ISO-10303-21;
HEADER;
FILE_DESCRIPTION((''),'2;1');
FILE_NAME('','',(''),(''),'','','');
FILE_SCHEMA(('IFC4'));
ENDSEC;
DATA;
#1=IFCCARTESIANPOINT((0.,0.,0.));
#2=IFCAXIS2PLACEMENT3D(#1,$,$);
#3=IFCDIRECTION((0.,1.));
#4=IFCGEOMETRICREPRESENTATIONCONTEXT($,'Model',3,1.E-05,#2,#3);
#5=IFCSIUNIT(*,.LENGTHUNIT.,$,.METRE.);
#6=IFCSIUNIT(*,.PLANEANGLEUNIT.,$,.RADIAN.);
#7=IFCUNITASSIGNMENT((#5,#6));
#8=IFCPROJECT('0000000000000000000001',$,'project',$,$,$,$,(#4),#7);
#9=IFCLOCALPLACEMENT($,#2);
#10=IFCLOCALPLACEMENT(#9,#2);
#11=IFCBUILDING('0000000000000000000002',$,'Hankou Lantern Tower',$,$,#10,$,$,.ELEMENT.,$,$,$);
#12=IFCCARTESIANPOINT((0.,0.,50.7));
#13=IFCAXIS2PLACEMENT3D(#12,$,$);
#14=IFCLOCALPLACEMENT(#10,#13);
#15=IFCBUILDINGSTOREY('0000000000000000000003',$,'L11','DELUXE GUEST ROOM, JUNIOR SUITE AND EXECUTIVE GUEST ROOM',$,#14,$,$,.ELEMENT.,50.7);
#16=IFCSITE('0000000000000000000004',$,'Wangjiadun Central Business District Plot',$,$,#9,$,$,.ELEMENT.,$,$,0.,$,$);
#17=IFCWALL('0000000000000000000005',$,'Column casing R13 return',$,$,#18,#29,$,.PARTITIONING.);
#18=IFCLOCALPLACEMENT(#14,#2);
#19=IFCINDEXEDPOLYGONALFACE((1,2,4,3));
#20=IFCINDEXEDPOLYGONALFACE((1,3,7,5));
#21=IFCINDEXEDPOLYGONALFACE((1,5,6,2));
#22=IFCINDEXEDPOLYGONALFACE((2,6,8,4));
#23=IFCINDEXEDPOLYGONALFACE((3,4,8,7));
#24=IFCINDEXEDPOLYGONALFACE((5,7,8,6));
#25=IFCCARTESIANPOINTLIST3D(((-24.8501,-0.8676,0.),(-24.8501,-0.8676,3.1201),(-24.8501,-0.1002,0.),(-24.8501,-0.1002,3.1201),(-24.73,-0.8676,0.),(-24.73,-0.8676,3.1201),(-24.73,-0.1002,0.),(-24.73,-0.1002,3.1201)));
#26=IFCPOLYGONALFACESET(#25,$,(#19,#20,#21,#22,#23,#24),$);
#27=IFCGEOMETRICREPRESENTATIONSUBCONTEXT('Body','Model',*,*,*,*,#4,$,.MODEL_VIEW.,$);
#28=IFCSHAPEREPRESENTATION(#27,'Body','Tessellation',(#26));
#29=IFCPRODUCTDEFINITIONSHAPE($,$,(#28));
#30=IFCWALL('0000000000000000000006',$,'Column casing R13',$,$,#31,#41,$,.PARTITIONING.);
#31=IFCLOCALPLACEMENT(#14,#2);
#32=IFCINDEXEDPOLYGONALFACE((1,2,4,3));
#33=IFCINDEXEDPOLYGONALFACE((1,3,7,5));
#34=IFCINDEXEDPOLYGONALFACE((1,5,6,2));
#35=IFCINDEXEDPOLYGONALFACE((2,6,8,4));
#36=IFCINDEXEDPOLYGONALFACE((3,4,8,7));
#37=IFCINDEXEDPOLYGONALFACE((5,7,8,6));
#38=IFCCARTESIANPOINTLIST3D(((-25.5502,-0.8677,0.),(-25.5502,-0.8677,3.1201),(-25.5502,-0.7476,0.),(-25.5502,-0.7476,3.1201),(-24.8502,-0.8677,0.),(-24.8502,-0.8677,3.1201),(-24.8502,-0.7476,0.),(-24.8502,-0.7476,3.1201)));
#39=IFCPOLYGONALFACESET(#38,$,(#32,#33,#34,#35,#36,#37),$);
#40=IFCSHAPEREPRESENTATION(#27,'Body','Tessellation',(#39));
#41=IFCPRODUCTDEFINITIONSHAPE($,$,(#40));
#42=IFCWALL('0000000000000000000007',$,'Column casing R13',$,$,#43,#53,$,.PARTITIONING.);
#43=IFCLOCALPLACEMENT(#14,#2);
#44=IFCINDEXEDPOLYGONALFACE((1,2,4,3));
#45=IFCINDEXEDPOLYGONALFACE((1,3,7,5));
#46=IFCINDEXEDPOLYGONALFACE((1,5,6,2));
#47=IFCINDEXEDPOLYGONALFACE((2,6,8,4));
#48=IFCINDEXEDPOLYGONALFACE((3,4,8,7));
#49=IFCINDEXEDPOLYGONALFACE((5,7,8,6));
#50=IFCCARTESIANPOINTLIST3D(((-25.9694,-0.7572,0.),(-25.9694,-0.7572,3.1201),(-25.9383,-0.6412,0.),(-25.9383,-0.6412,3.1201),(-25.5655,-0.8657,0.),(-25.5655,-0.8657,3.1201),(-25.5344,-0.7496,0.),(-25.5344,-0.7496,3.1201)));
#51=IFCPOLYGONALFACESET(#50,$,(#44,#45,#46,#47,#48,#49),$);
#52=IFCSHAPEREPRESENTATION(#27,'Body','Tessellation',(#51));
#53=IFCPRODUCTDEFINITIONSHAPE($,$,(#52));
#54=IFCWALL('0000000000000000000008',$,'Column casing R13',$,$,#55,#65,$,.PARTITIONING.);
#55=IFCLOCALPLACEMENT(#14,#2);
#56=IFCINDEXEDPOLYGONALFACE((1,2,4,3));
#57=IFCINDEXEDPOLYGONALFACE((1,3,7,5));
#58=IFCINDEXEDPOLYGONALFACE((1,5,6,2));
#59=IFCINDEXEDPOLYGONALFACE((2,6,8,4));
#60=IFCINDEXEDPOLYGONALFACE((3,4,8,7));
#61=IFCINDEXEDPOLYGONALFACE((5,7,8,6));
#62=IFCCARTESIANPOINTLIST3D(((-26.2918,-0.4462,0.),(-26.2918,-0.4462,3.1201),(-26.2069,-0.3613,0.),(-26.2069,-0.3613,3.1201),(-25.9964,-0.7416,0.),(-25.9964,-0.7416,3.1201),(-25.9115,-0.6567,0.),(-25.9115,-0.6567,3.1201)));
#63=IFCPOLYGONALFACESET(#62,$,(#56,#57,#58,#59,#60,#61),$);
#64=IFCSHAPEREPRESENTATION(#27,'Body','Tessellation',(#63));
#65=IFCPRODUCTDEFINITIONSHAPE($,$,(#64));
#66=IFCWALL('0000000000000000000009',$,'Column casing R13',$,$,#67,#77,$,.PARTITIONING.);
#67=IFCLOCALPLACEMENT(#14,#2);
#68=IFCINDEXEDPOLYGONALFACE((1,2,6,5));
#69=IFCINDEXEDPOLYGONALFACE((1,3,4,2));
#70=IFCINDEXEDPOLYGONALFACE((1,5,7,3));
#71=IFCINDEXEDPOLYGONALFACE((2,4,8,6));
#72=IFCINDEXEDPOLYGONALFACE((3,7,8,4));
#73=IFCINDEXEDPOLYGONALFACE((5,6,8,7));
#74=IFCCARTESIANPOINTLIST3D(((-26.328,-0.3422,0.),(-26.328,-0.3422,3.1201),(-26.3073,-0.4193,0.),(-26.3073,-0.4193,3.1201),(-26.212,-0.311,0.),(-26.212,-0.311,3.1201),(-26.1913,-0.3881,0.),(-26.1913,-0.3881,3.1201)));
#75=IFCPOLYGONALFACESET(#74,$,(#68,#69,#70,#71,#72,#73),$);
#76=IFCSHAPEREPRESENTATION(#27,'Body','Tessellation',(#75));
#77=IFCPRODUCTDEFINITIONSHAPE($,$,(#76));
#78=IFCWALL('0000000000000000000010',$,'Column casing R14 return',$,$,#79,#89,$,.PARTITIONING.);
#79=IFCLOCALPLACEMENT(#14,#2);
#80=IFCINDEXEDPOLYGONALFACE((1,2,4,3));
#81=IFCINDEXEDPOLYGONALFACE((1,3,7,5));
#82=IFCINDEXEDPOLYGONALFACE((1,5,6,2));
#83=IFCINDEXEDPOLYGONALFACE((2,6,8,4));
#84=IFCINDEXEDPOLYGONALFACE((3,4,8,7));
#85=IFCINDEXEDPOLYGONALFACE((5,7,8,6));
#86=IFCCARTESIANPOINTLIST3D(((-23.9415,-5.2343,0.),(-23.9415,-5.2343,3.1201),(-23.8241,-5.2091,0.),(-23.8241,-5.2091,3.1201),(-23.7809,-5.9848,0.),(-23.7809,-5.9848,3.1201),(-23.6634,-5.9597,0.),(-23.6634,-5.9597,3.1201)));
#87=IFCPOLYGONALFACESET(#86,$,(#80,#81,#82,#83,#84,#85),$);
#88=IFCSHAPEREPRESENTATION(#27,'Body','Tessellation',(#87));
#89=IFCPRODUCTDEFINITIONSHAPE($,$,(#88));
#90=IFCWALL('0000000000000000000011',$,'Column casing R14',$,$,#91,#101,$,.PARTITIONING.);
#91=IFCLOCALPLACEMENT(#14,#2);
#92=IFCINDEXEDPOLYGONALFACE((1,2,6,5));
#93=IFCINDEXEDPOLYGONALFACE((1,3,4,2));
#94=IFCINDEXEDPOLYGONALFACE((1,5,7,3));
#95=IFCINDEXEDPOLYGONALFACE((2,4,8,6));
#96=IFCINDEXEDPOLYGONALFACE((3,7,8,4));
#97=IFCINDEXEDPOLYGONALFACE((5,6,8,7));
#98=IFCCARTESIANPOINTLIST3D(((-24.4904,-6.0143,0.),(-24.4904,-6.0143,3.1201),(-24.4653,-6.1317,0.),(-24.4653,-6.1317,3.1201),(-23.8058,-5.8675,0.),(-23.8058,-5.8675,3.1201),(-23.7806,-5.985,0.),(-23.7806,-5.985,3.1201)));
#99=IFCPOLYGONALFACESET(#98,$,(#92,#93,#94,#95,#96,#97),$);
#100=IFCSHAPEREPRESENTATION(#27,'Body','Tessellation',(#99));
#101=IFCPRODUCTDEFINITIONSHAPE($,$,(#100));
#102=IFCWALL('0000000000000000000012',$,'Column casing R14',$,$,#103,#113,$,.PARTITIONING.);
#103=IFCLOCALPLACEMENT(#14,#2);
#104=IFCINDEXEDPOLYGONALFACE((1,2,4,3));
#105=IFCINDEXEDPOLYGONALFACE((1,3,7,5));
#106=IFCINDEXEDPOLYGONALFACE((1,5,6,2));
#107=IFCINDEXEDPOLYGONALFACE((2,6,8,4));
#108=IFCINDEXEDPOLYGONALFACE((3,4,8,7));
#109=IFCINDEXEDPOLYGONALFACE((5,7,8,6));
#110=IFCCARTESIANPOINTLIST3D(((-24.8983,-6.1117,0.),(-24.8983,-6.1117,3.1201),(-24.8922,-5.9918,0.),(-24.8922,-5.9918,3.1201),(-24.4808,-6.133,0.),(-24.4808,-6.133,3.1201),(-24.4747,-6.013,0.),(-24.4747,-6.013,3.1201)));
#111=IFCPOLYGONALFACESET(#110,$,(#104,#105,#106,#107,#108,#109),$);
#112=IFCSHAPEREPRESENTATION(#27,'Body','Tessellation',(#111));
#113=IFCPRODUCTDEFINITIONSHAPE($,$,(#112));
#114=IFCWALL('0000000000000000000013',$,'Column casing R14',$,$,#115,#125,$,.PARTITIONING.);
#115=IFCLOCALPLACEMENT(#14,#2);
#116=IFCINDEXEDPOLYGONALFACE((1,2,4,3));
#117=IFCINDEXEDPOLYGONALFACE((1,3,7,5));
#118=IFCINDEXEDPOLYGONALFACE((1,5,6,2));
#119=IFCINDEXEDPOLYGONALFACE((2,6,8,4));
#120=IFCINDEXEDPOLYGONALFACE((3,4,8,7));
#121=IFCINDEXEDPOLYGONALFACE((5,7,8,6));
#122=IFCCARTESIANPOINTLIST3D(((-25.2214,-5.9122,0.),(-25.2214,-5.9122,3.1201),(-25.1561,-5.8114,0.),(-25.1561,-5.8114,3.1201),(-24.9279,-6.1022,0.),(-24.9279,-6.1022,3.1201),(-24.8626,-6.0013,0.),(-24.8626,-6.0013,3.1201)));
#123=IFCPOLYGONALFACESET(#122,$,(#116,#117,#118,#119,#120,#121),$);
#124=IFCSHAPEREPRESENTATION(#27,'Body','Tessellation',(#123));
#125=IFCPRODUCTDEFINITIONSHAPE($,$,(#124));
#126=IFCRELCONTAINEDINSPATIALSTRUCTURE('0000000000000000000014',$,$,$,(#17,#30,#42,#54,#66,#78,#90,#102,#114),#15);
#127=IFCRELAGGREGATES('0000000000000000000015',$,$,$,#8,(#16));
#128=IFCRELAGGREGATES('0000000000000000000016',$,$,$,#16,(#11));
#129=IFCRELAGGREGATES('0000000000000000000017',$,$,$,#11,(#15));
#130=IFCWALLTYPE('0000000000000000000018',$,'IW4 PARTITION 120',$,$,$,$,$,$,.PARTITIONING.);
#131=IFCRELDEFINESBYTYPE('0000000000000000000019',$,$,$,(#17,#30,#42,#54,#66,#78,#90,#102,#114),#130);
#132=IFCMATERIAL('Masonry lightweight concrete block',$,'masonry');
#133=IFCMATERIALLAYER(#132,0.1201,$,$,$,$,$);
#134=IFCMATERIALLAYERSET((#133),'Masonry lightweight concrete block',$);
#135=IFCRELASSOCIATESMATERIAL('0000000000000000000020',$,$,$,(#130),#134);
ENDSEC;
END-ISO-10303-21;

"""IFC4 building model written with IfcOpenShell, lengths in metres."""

from ifc_helpers import new_model, si_unit, direction, frame, frame_2d, origin, place, context, subcontext, project, spatial, rectangle, extrude, material, layer, layer_set, type_object, element, save


model = new_model("IFC4")

# Units and contexts
model_context = context("Model", 3, precision=1e-05, world=origin(), true_north=direction((0.0, 1.0)))
body_context = subcontext(model_context, "Body", "Model", "MODEL_VIEW")
ifc_project = project(units=[si_unit("LENGTHUNIT", "METRE"), si_unit("PLANEANGLEUNIT", "RADIAN")], contexts=[model_context])

# Site, building, storey
site_placement = place(None, origin())
site = spatial("IfcSite", under=ifc_project, at=site_placement, Name="Wangjiadun Central Business District Plot", CompositionType="ELEMENT", RefElevation=0.0)
building_placement = place(site_placement, origin())
building = spatial("IfcBuilding", under=site, at=building_placement, Name="Hankou Lantern Tower", CompositionType="ELEMENT")
storey_placement = place(building_placement, frame((0.0, 0.0, 50.7)))
storey = spatial("IfcBuildingStorey", under=building, at=storey_placement, Name="L11", Description="DELUXE GUEST ROOM, JUNIOR SUITE AND EXECUTIVE GUEST ROOM", CompositionType="ELEMENT", Elevation=50.7)

# Walls
ifc_material_1 = material(Name="Masonry lightweight concrete block", Category="masonry")
ifc_layer_1 = layer(ifc_material_1, 0.1201)
ifc_layer_set_1 = layer_set([ifc_layer_1], Name="Masonry lightweight concrete block")
wall_type_1 = type_object("IfcWallType", Name="IW4 PARTITION 120", PredefinedType="PARTITIONING", material=ifc_layer_set_1)
wall_1_placement = place(storey_placement, frame((-24.79, -0.1001, 0.0), z_axis=(0.0, 0.0, 1.0), x_axis=(0.0, -1.0, 0.0)))
element("IfcWall", 1, at=wall_1_placement, inside=storey, type_object=wall_type_1, Name="Column casing R13 return", PredefinedType="PARTITIONING", context=body_context, shape_type="SweptSolid", body=[
    extrude(rectangle(XDim=0.7673, YDim=0.1201, at=frame_2d((0.3838, 0.0))), origin(), (0.0, 0.0, 1.0), 3.1201),
])
wall_2_placement = place(storey_placement, frame((-24.8501, -0.8076, 0.0), z_axis=(0.0, 0.0, 1.0), x_axis=(-1.0, 0.0, 0.0)))
element("IfcWall", 2, at=wall_2_placement, inside=storey, type_object=wall_type_1, Name="Column casing R13", PredefinedType="PARTITIONING", context=body_context, shape_type="SweptSolid", body=[
    extrude(rectangle(XDim=0.7, YDim=0.1201, at=frame_2d((0.3501, 0.0))), origin(), (0.0, 0.0, 1.0), 3.1201),
])
wall_3_placement = place(storey_placement, frame((-25.55, -0.8076, 0.0), z_axis=(0.0, 0.0, 1.0), x_axis=(-0.965807, 0.259261, 0.0)))
element("IfcWall", 3, at=wall_3_placement, inside=storey, type_object=wall_type_1, Name="Column casing R13", PredefinedType="PARTITIONING", context=body_context, shape_type="SweptSolid", body=[
    extrude(rectangle(XDim=0.4182, YDim=0.1201, at=frame_2d((0.209, 0.0))), origin(), (0.0, 0.0, 1.0), 3.1201),
])
wall_4_placement = place(storey_placement, frame((-25.9539, -0.6992, 0.0), z_axis=(0.0, 0.0, 1.0), x_axis=(-0.707107, 0.707107, 0.0)))
element("IfcWall", 4, at=wall_4_placement, inside=storey, type_object=wall_type_1, Name="Column casing R13", PredefinedType="PARTITIONING", context=body_context, shape_type="SweptSolid", body=[
    extrude(rectangle(XDim=0.4177, YDim=0.1201, at=frame_2d((0.209, 0.0))), origin(), (0.0, 0.0, 1.0), 3.1201),
])
wall_5_placement = place(storey_placement, frame((-26.2493, -0.4038, 0.0), z_axis=(0.0, 0.0, 1.0), x_axis=(-0.259754, 0.965675, 0.0)))
element("IfcWall", 5, at=wall_5_placement, inside=storey, type_object=wall_type_1, Name="Column casing R13", PredefinedType="PARTITIONING", context=body_context, shape_type="SweptSolid", body=[
    extrude(rectangle(XDim=0.0798, YDim=0.1201, at=frame_2d((0.04, 0.0))), origin(), (0.0, 0.0, 1.0), 3.1201),
])
wall_6_placement = place(storey_placement, frame((-23.8828, -5.2217, 0.0), z_axis=(0.0, 0.0, 1.0), x_axis=(0.209312, -0.977849, 0.0)))
element("IfcWall", 6, at=wall_6_placement, inside=storey, type_object=wall_type_1, Name="Column casing R14 return", PredefinedType="PARTITIONING", context=body_context, shape_type="SweptSolid", body=[
    extrude(rectangle(XDim=0.7676, YDim=0.1201, at=frame_2d((0.3838, 0.0))), origin(), (0.0, 0.0, 1.0), 3.1201),
])
wall_7_placement = place(storey_placement, frame((-23.7932, -5.9263, 0.0), z_axis=(0.0, 0.0, 1.0), x_axis=(-0.977792, -0.209577, 0.0)))
element("IfcWall", 7, at=wall_7_placement, inside=storey, type_object=wall_type_1, Name="Column casing R14", PredefinedType="PARTITIONING", context=body_context, shape_type="SweptSolid", body=[
    extrude(rectangle(XDim=0.7002, YDim=0.1201, at=frame_2d((0.3501, 0.0))), origin(), (0.0, 0.0, 1.0), 3.1201),
])
wall_8_placement = place(storey_placement, frame((-24.4778, -6.073, 0.0), z_axis=(0.0, 0.0, 1.0), x_axis=(-0.998708, 0.050811, 0.0)))
element("IfcWall", 8, at=wall_8_placement, inside=storey, type_object=wall_type_1, Name="Column casing R14", PredefinedType="PARTITIONING", context=body_context, shape_type="SweptSolid", body=[
    extrude(rectangle(XDim=0.418, YDim=0.1201, at=frame_2d((0.209, 0.0))), origin(), (0.0, 0.0, 1.0), 3.1201),
])
wall_9_placement = place(storey_placement, frame((-24.8953, -6.0518, 0.0), z_axis=(0.0, 0.0, 1.0), x_axis=(-0.839495, 0.543367, 0.0)))
element("IfcWall", 9, at=wall_9_placement, inside=storey, type_object=wall_type_1, Name="Column casing R14", PredefinedType="PARTITIONING", context=body_context, shape_type="SweptSolid", body=[
    extrude(rectangle(XDim=0.3496, YDim=0.1201, at=frame_2d((0.1748, 0.0))), origin(), (0.0, 0.0, 1.0), 3.1201),
])

save(model, "model.ifc")
